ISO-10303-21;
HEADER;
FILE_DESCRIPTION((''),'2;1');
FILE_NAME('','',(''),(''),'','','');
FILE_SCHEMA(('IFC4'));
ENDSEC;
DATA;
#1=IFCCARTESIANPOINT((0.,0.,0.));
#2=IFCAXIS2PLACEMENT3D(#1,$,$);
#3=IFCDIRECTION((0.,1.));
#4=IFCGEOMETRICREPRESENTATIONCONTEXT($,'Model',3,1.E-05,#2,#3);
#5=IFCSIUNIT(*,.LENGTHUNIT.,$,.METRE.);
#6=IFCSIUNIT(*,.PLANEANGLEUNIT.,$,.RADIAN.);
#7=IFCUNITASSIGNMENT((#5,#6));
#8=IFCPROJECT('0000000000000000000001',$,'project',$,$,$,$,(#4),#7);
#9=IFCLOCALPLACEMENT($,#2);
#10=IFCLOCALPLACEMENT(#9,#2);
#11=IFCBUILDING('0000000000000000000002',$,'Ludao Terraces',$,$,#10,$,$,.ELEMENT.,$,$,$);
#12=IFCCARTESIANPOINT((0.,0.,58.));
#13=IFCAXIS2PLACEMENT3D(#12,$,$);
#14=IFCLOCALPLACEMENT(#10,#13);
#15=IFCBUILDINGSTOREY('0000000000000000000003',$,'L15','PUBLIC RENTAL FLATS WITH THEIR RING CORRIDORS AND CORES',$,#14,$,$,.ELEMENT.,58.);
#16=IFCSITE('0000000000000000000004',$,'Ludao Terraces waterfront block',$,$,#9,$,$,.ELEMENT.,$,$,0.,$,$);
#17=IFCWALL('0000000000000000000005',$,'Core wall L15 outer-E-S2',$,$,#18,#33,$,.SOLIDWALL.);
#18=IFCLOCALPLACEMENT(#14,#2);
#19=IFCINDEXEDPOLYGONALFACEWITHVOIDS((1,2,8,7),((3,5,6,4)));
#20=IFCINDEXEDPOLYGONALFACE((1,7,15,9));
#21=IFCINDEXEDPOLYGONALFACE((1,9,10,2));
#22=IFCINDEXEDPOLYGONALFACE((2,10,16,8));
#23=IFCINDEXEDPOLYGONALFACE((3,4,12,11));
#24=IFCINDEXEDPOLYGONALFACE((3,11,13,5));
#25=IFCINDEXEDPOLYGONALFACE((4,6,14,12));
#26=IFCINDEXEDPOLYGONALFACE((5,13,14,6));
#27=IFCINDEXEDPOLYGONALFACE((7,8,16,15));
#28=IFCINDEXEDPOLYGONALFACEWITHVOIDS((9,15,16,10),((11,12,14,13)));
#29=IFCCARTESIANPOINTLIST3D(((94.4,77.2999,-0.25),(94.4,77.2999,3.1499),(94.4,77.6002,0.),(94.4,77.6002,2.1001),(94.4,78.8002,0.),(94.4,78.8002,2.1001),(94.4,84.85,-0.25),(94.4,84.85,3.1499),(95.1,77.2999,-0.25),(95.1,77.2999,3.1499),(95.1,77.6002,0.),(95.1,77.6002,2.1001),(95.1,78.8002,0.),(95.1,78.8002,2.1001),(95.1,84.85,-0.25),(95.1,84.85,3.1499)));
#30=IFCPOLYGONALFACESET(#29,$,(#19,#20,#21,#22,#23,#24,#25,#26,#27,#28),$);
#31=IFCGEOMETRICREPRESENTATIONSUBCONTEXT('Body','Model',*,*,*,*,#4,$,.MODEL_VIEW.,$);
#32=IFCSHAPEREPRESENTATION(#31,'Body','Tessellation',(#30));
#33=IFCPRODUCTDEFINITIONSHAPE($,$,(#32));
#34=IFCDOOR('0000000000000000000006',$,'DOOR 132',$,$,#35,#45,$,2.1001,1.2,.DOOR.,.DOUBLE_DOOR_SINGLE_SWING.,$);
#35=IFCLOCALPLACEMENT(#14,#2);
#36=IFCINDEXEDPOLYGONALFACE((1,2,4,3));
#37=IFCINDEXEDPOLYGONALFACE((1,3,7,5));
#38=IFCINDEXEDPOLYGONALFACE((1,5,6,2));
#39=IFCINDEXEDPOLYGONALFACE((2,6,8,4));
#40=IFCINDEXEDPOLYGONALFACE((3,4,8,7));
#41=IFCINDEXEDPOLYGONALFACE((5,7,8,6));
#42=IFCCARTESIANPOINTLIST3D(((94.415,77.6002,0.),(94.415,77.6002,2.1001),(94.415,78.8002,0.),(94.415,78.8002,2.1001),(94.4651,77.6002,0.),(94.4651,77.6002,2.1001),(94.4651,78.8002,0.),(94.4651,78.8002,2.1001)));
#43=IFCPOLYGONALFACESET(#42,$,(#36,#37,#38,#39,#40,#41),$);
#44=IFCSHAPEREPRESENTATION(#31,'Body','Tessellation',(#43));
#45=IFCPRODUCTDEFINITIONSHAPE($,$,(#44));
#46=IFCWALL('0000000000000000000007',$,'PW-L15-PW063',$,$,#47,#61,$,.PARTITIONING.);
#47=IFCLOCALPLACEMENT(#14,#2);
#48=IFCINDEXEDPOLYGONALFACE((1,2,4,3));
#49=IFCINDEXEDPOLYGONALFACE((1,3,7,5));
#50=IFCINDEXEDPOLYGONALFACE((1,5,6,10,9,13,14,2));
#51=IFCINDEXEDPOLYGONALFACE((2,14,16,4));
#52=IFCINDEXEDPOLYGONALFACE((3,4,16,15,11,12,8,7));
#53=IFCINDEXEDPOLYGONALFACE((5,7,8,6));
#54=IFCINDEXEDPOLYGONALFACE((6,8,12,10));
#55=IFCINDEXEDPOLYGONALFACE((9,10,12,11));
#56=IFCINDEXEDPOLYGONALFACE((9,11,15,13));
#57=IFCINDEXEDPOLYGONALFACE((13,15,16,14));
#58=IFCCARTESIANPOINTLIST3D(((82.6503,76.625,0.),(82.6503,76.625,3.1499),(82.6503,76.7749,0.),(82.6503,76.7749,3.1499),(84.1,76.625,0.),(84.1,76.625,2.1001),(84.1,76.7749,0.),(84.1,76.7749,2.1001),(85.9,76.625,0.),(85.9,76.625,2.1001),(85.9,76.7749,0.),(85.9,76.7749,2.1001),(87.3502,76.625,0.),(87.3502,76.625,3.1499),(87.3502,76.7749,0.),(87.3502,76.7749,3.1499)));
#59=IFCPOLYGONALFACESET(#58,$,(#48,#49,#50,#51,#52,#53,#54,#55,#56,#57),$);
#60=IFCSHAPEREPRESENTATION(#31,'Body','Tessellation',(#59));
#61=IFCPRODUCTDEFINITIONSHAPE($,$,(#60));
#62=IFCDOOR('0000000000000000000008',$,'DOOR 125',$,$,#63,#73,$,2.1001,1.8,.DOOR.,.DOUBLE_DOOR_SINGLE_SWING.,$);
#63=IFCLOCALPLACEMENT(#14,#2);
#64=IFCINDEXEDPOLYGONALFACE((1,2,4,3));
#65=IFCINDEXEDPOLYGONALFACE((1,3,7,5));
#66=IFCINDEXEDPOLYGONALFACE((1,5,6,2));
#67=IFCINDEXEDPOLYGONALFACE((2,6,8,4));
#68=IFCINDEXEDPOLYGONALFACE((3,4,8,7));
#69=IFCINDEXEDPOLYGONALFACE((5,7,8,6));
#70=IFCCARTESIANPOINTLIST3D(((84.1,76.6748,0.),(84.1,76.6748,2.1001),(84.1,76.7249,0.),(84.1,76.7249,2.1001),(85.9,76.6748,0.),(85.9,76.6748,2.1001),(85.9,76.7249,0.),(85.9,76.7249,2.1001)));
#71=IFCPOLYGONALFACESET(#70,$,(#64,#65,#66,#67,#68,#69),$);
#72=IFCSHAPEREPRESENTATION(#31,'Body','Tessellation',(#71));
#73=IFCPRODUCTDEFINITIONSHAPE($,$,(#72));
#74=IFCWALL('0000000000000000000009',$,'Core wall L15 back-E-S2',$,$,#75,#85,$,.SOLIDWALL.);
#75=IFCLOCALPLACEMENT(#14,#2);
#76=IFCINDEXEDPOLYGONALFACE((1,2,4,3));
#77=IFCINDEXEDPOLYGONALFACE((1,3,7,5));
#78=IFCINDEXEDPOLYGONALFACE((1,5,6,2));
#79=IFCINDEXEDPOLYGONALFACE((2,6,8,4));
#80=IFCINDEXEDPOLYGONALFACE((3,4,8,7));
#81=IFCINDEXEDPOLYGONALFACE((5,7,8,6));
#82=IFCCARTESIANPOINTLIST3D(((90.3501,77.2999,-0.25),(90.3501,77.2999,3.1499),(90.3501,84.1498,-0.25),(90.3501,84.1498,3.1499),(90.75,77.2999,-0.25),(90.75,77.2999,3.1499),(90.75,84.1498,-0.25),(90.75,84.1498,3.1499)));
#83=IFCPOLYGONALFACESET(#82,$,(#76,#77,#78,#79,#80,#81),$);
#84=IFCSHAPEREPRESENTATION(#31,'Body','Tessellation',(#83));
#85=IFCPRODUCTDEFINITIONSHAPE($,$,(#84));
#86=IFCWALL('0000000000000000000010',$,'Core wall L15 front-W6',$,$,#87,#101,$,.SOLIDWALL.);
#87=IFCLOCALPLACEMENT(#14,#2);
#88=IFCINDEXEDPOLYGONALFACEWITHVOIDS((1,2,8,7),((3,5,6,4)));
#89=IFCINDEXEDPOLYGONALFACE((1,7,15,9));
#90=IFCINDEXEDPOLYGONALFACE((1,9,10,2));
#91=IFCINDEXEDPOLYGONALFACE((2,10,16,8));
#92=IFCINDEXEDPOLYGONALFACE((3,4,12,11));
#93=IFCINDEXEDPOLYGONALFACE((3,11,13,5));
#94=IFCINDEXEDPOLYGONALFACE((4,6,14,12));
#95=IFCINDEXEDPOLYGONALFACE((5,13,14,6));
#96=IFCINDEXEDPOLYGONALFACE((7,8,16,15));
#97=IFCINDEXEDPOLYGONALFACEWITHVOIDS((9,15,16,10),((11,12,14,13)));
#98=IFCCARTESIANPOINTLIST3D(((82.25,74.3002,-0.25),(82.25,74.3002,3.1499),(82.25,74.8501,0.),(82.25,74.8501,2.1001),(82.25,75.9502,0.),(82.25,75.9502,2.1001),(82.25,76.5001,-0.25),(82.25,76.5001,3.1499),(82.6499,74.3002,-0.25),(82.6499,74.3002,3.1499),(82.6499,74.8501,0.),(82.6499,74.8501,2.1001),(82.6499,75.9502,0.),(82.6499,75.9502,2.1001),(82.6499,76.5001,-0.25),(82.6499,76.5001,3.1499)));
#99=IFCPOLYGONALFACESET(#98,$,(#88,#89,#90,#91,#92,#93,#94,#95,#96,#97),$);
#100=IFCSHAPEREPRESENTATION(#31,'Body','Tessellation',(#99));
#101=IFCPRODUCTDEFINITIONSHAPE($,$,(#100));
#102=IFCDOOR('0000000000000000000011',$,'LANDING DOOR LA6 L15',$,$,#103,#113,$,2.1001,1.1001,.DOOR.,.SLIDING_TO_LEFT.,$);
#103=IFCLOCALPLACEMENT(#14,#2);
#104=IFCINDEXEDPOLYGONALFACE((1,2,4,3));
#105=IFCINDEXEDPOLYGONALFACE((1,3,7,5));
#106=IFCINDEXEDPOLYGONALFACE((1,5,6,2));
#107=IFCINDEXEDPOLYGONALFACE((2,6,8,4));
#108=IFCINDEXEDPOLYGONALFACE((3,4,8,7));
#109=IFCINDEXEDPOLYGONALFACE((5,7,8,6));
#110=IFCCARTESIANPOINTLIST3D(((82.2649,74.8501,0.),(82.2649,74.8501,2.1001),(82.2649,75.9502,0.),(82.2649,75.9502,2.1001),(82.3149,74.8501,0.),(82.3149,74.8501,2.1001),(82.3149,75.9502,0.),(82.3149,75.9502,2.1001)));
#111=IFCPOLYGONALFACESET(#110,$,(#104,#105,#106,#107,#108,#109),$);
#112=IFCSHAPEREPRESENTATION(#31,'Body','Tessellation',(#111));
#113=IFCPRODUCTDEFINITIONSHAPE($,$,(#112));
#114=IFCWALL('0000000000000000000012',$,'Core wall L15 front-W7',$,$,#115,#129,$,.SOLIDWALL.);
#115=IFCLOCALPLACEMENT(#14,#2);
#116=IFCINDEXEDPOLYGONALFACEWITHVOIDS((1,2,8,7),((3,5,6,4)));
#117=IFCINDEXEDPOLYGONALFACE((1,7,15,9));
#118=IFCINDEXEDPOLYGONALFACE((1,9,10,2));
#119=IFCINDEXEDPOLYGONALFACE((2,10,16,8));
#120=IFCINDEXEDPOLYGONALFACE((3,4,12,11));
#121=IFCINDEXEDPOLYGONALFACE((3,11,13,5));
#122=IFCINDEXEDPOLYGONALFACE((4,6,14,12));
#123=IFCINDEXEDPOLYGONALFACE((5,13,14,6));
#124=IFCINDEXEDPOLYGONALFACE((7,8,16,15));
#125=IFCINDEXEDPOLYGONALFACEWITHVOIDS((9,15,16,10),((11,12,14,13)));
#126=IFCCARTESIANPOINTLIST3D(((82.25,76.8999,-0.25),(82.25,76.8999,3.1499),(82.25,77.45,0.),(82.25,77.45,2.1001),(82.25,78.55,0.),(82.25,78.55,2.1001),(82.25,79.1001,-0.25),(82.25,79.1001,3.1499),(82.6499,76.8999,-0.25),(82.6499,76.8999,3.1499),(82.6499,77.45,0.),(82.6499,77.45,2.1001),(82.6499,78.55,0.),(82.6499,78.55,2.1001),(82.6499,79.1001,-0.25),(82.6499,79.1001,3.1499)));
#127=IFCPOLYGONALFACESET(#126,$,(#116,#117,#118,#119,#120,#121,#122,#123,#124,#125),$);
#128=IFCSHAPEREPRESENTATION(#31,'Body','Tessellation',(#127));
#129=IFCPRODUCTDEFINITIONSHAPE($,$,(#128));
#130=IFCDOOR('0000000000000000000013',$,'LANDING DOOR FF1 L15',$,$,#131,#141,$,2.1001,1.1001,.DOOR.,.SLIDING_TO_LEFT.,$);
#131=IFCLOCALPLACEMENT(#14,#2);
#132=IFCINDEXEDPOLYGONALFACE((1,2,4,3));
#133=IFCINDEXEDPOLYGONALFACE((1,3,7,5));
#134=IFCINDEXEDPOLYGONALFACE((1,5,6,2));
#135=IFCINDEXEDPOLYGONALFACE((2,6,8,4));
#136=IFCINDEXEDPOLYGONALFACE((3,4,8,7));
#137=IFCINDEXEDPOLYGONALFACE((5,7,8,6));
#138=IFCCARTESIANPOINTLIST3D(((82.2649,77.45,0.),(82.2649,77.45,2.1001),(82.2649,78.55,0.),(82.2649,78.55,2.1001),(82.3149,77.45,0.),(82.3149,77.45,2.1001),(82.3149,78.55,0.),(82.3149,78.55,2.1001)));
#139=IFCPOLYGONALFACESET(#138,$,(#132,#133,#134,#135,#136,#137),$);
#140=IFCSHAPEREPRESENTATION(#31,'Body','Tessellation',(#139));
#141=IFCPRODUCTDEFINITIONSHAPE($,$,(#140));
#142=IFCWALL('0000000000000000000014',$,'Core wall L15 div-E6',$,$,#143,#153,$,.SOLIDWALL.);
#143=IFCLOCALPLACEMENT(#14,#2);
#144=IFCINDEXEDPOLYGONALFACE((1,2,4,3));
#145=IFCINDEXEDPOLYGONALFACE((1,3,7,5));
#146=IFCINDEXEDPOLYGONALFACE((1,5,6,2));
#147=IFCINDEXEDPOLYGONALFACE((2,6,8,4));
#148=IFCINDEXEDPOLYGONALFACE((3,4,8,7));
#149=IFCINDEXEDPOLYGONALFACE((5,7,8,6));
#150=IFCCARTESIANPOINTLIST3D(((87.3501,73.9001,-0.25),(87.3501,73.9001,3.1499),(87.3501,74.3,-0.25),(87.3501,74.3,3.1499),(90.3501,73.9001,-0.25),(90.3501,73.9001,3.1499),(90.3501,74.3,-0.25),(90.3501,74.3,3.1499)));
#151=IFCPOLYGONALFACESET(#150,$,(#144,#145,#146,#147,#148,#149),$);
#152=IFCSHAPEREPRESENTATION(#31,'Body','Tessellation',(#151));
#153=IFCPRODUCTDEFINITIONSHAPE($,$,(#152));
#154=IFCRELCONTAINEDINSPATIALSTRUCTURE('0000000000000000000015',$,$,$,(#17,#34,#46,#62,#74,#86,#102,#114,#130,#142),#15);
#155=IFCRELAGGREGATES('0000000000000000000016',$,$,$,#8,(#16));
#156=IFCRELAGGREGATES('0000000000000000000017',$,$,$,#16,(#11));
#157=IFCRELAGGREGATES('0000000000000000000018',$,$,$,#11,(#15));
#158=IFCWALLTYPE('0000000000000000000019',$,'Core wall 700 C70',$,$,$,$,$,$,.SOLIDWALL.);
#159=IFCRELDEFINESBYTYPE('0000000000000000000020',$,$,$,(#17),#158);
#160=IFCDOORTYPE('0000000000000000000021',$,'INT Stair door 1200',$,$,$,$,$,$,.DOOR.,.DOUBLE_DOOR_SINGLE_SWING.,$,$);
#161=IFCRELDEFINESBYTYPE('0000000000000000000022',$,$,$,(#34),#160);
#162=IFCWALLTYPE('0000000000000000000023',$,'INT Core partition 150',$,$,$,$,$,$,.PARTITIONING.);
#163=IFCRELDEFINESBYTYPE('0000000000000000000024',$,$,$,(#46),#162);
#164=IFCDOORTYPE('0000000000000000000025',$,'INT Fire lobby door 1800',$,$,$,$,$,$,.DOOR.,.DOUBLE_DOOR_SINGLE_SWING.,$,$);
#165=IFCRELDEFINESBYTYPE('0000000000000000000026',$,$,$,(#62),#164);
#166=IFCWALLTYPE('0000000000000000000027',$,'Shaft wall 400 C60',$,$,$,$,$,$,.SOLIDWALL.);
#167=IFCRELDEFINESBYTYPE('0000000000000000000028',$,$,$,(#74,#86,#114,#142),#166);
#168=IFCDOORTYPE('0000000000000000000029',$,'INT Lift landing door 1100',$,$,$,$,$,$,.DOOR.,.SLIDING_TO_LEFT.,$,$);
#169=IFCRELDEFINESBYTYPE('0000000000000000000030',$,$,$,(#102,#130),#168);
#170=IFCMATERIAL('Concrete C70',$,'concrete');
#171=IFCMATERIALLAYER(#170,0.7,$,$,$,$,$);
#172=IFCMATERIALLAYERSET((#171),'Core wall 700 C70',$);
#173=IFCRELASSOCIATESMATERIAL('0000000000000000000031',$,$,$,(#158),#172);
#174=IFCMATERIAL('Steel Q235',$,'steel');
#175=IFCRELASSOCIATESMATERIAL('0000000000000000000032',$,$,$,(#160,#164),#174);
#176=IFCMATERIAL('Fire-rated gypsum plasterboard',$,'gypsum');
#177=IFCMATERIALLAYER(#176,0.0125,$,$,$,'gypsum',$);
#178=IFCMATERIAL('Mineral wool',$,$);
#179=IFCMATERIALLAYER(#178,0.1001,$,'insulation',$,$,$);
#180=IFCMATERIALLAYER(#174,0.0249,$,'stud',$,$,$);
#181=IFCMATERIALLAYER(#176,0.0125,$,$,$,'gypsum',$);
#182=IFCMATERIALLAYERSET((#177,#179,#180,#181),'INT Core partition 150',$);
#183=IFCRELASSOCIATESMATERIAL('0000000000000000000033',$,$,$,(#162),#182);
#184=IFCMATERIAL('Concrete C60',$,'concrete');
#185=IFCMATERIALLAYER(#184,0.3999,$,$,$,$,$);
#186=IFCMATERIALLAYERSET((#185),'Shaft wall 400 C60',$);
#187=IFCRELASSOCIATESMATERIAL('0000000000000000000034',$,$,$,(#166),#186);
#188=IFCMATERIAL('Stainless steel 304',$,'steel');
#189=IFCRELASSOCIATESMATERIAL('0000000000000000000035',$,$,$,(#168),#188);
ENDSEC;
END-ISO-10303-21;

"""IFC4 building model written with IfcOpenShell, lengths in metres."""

from ifc_helpers import new_model, si_unit, direction, frame, frame_2d, origin, place, context, subcontext, project, spatial, rectangle, extrude, material, layer, layer_set, type_object, element, fill, save


model = new_model("IFC4")

# Units and contexts
model_context = context("Model", 3, precision=1e-05, world=origin(), true_north=direction((0.0, 1.0)))
body_context = subcontext(model_context, "Body", "Model", "MODEL_VIEW")
ifc_project = project(units=[si_unit("LENGTHUNIT", "METRE"), si_unit("PLANEANGLEUNIT", "RADIAN")], contexts=[model_context])

# Site, building, storey
site_placement = place(None, origin())
site = spatial("IfcSite", under=ifc_project, at=site_placement, Name="Ludao Terraces waterfront block", CompositionType="ELEMENT", RefElevation=0.0)
building_placement = place(site_placement, origin())
building = spatial("IfcBuilding", under=site, at=building_placement, Name="Ludao Terraces", CompositionType="ELEMENT")
storey_placement = place(building_placement, frame((0.0, 0.0, 58.0)))
storey = spatial("IfcBuildingStorey", under=building, at=storey_placement, Name="L15", Description="PUBLIC RENTAL FLATS WITH THEIR RING CORRIDORS AND CORES", CompositionType="ELEMENT", Elevation=58.0)

# Walls, openings, doors
ifc_material_1 = material(Name="Concrete C70", Category="concrete")
ifc_layer_1 = layer(ifc_material_1, 0.7)
ifc_layer_set_1 = layer_set([ifc_layer_1], Name="Core wall 700 C70")
wall_type_1 = type_object("IfcWallType", Name="Core wall 700 C70", PredefinedType="SOLIDWALL", material=ifc_layer_set_1)
wall_1_placement = place(storey_placement, frame((94.75, 77.3, -0.25), z_axis=(0.0, 0.0, 1.0), x_axis=(0.0, 1.0, 0.0)))
wall_1 = element("IfcWall", 1, at=wall_1_placement, inside=storey, type_object=wall_type_1, Name="Core wall L15 outer-E-S2", PredefinedType="SOLIDWALL", context=body_context, shape_type="SweptSolid", body=[
    extrude(rectangle(XDim=7.55, YDim=0.7, at=frame_2d((3.7749, 0.0))), origin(), (0.0, 0.0, 1.0), 3.3999),
])
opening_1_placement = place(wall_1_placement, frame((0.3, 0.0, 0.25)))
opening_1 = element("IfcOpeningElement", 2, at=opening_1_placement, cuts=wall_1, PredefinedType="OPENING", context=body_context, shape_type="SweptSolid", body=[
    extrude(rectangle(XDim=1.2, YDim=2.1001, at=frame_2d((0.6001, 1.05))), frame((0.0, 0.3599, 0.0), z_axis=(0.0, -1.0, 0.0), x_axis=(1.0, 0.0, 0.0)), (0.0, 0.0, 1.0), 0.72),
])
ifc_material_2 = material(Name="Steel Q235", Category="steel")
door_type_1 = type_object("IfcDoorType", Name="INT Stair door 1200", OperationType="DOUBLE_DOOR_SINGLE_SWING", PredefinedType="DOOR", material=ifc_material_2)
door_1_placement = place(opening_1_placement, origin())
door_1 = element("IfcDoor", 3, at=door_1_placement, inside=storey, type_object=door_type_1, Name="DOOR 132", OperationType="DOUBLE_DOOR_SINGLE_SWING", OverallHeight=2.1001, OverallWidth=1.2, PredefinedType="DOOR", context=body_context, shape_type="SweptSolid", body=[
    extrude(rectangle(XDim=1.2, YDim=2.1001, at=frame_2d((0.6001, 1.05))), frame((0.0, 0.335, 0.0), z_axis=(0.0, -1.0, 0.0), x_axis=(1.0, 0.0, 0.0)), (0.0, 0.0, 1.0), 0.05),
])
fill(opening_1, door_1)
ifc_material_3 = material(Name="Fire-rated gypsum plasterboard", Category="gypsum")
ifc_layer_2 = layer(ifc_material_3, 0.0125, Category="gypsum")
ifc_material_4 = material(Name="Mineral wool")
ifc_layer_3 = layer(ifc_material_4, 0.1001, Name="insulation")
ifc_layer_4 = layer(ifc_material_2, 0.0249, Name="stud")
ifc_layer_5 = layer(ifc_material_3, 0.0125, Category="gypsum")
ifc_layer_set_2 = layer_set([ifc_layer_2, ifc_layer_3, ifc_layer_4, ifc_layer_5], Name="INT Core partition 150")
wall_type_2 = type_object("IfcWallType", Name="INT Core partition 150", PredefinedType="PARTITIONING", material=ifc_layer_set_2)
wall_2_placement = place(storey_placement, frame((82.6501, 76.7, 0.0), z_axis=(0.0, 0.0, 1.0), x_axis=(1.0, 0.0, 0.0)))
wall_2 = element("IfcWall", 4, at=wall_2_placement, inside=storey, type_object=wall_type_2, Name="PW-L15-PW063", PredefinedType="PARTITIONING", context=body_context, shape_type="SweptSolid", body=[
    extrude(rectangle(XDim=4.7, YDim=0.1499, at=frame_2d((2.3501, 0.0))), origin(), (0.0, 0.0, 1.0), 3.1499),
])
opening_2_placement = place(wall_2_placement, frame((1.45, 0.0, 0.0)))
opening_2 = element("IfcOpeningElement", 5, at=opening_2_placement, cuts=wall_2, PredefinedType="OPENING", context=body_context, shape_type="SweptSolid", body=[
    extrude(rectangle(XDim=1.8, YDim=2.1001, at=frame_2d((0.8999, 1.05))), frame((0.0, 0.085, 0.0), z_axis=(0.0, -1.0, 0.0), x_axis=(1.0, 0.0, 0.0)), (0.0, 0.0, 1.0), 0.1699),
])
door_type_2 = type_object("IfcDoorType", Name="INT Fire lobby door 1800", OperationType="DOUBLE_DOOR_SINGLE_SWING", PredefinedType="DOOR", material=ifc_material_2)
door_2_placement = place(opening_2_placement, origin())
door_2 = element("IfcDoor", 6, at=door_2_placement, inside=storey, type_object=door_type_2, Name="DOOR 125", OperationType="DOUBLE_DOOR_SINGLE_SWING", OverallHeight=2.1001, OverallWidth=1.8, PredefinedType="DOOR", context=body_context, shape_type="SweptSolid", body=[
    extrude(rectangle(XDim=1.8, YDim=2.1001, at=frame_2d((0.8999, 1.05))), frame((0.0, 0.0249, 0.0), z_axis=(0.0, -1.0, 0.0), x_axis=(1.0, 0.0, 0.0)), (0.0, 0.0, 1.0), 0.05),
])
fill(opening_2, door_2)

# Wall
ifc_material_5 = material(Name="Concrete C60", Category="concrete")
ifc_layer_6 = layer(ifc_material_5, 0.3999)
ifc_layer_set_3 = layer_set([ifc_layer_6], Name="Shaft wall 400 C60")
wall_type_3 = type_object("IfcWallType", Name="Shaft wall 400 C60", PredefinedType="SOLIDWALL", material=ifc_layer_set_3)
wall_3_placement = place(storey_placement, frame((90.55, 77.3, -0.25), z_axis=(0.0, 0.0, 1.0), x_axis=(0.0, 1.0, 0.0)))
element("IfcWall", 7, at=wall_3_placement, inside=storey, type_object=wall_type_3, Name="Core wall L15 back-E-S2", PredefinedType="SOLIDWALL", context=body_context, shape_type="SweptSolid", body=[
    extrude(rectangle(XDim=6.8499, YDim=0.3999, at=frame_2d((3.4248, 0.0))), origin(), (0.0, 0.0, 1.0), 3.3999),
])

# Walls, openings, doors
wall_4_placement = place(storey_placement, frame((82.45, 74.3, -0.25), z_axis=(0.0, 0.0, 1.0), x_axis=(0.0, 1.0, 0.0)))
wall_4 = element("IfcWall", 8, at=wall_4_placement, inside=storey, type_object=wall_type_3, Name="Core wall L15 front-W6", PredefinedType="SOLIDWALL", context=body_context, shape_type="SweptSolid", body=[
    extrude(rectangle(XDim=2.2, YDim=0.3999, at=frame_2d((1.1001, 0.0))), origin(), (0.0, 0.0, 1.0), 3.3999),
])
opening_3_placement = place(wall_4_placement, frame((0.55, 0.0, 0.25)))
opening_3 = element("IfcOpeningElement", 9, at=opening_3_placement, cuts=wall_4, PredefinedType="OPENING", context=body_context, shape_type="SweptSolid", body=[
    extrude(rectangle(XDim=1.1001, YDim=2.1001, at=frame_2d((0.55, 1.05))), frame((0.0, 0.21, 0.0), z_axis=(0.0, -1.0, 0.0), x_axis=(1.0, 0.0, 0.0)), (0.0, 0.0, 1.0), 0.4199),
])
ifc_material_6 = material(Name="Stainless steel 304", Category="steel")
door_type_3 = type_object("IfcDoorType", Name="INT Lift landing door 1100", OperationType="SLIDING_TO_LEFT", PredefinedType="DOOR", material=ifc_material_6)
door_3_placement = place(opening_3_placement, origin())
door_3 = element("IfcDoor", 10, at=door_3_placement, inside=storey, type_object=door_type_3, Name="LANDING DOOR LA6 L15", OperationType="SLIDING_TO_LEFT", OverallHeight=2.1001, OverallWidth=1.1001, PredefinedType="DOOR", context=body_context, shape_type="SweptSolid", body=[
    extrude(rectangle(XDim=1.1001, YDim=2.1001, at=frame_2d((0.55, 1.05))), frame((0.0, 0.1851, 0.0), z_axis=(0.0, -1.0, 0.0), x_axis=(1.0, 0.0, 0.0)), (0.0, 0.0, 1.0), 0.05),
])
fill(opening_3, door_3)
wall_5_placement = place(storey_placement, frame((82.45, 76.8999, -0.25), z_axis=(0.0, 0.0, 1.0), x_axis=(0.0, 1.0, 0.0)))
wall_5 = element("IfcWall", 11, at=wall_5_placement, inside=storey, type_object=wall_type_3, Name="Core wall L15 front-W7", PredefinedType="SOLIDWALL", context=body_context, shape_type="SweptSolid", body=[
    extrude(rectangle(XDim=2.2002, YDim=0.3999, at=frame_2d((1.1001, 0.0))), origin(), (0.0, 0.0, 1.0), 3.3999),
])
opening_4_placement = place(wall_5_placement, frame((0.55, 0.0, 0.25)))
opening_4 = element("IfcOpeningElement", 12, at=opening_4_placement, cuts=wall_5, PredefinedType="OPENING", context=body_context, shape_type="SweptSolid", body=[
    extrude(rectangle(XDim=1.1001, YDim=2.1001, at=frame_2d((0.55, 1.05))), frame((0.0, 0.21, 0.0), z_axis=(0.0, -1.0, 0.0), x_axis=(1.0, 0.0, 0.0)), (0.0, 0.0, 1.0), 0.4199),
])
door_4_placement = place(opening_4_placement, origin())
door_4 = element("IfcDoor", 13, at=door_4_placement, inside=storey, type_object=door_type_3, Name="LANDING DOOR FF1 L15", OperationType="SLIDING_TO_LEFT", OverallHeight=2.1001, OverallWidth=1.1001, PredefinedType="DOOR", context=body_context, shape_type="SweptSolid", body=[
    extrude(rectangle(XDim=1.1001, YDim=2.1001, at=frame_2d((0.55, 1.05))), frame((0.0, 0.1851, 0.0), z_axis=(0.0, -1.0, 0.0), x_axis=(1.0, 0.0, 0.0)), (0.0, 0.0, 1.0), 0.05),
])
fill(opening_4, door_4)

# Wall
wall_6_placement = place(storey_placement, frame((87.3501, 74.1001, -0.25), z_axis=(0.0, 0.0, 1.0), x_axis=(1.0, 0.0, 0.0)))
element("IfcWall", 14, at=wall_6_placement, inside=storey, type_object=wall_type_3, Name="Core wall L15 div-E6", PredefinedType="SOLIDWALL", context=body_context, shape_type="SweptSolid", body=[
    extrude(rectangle(XDim=3.0, YDim=0.3999, at=frame_2d((1.5, 0.0))), origin(), (0.0, 0.0, 1.0), 3.3999),
])

save(model, "model.ifc")
